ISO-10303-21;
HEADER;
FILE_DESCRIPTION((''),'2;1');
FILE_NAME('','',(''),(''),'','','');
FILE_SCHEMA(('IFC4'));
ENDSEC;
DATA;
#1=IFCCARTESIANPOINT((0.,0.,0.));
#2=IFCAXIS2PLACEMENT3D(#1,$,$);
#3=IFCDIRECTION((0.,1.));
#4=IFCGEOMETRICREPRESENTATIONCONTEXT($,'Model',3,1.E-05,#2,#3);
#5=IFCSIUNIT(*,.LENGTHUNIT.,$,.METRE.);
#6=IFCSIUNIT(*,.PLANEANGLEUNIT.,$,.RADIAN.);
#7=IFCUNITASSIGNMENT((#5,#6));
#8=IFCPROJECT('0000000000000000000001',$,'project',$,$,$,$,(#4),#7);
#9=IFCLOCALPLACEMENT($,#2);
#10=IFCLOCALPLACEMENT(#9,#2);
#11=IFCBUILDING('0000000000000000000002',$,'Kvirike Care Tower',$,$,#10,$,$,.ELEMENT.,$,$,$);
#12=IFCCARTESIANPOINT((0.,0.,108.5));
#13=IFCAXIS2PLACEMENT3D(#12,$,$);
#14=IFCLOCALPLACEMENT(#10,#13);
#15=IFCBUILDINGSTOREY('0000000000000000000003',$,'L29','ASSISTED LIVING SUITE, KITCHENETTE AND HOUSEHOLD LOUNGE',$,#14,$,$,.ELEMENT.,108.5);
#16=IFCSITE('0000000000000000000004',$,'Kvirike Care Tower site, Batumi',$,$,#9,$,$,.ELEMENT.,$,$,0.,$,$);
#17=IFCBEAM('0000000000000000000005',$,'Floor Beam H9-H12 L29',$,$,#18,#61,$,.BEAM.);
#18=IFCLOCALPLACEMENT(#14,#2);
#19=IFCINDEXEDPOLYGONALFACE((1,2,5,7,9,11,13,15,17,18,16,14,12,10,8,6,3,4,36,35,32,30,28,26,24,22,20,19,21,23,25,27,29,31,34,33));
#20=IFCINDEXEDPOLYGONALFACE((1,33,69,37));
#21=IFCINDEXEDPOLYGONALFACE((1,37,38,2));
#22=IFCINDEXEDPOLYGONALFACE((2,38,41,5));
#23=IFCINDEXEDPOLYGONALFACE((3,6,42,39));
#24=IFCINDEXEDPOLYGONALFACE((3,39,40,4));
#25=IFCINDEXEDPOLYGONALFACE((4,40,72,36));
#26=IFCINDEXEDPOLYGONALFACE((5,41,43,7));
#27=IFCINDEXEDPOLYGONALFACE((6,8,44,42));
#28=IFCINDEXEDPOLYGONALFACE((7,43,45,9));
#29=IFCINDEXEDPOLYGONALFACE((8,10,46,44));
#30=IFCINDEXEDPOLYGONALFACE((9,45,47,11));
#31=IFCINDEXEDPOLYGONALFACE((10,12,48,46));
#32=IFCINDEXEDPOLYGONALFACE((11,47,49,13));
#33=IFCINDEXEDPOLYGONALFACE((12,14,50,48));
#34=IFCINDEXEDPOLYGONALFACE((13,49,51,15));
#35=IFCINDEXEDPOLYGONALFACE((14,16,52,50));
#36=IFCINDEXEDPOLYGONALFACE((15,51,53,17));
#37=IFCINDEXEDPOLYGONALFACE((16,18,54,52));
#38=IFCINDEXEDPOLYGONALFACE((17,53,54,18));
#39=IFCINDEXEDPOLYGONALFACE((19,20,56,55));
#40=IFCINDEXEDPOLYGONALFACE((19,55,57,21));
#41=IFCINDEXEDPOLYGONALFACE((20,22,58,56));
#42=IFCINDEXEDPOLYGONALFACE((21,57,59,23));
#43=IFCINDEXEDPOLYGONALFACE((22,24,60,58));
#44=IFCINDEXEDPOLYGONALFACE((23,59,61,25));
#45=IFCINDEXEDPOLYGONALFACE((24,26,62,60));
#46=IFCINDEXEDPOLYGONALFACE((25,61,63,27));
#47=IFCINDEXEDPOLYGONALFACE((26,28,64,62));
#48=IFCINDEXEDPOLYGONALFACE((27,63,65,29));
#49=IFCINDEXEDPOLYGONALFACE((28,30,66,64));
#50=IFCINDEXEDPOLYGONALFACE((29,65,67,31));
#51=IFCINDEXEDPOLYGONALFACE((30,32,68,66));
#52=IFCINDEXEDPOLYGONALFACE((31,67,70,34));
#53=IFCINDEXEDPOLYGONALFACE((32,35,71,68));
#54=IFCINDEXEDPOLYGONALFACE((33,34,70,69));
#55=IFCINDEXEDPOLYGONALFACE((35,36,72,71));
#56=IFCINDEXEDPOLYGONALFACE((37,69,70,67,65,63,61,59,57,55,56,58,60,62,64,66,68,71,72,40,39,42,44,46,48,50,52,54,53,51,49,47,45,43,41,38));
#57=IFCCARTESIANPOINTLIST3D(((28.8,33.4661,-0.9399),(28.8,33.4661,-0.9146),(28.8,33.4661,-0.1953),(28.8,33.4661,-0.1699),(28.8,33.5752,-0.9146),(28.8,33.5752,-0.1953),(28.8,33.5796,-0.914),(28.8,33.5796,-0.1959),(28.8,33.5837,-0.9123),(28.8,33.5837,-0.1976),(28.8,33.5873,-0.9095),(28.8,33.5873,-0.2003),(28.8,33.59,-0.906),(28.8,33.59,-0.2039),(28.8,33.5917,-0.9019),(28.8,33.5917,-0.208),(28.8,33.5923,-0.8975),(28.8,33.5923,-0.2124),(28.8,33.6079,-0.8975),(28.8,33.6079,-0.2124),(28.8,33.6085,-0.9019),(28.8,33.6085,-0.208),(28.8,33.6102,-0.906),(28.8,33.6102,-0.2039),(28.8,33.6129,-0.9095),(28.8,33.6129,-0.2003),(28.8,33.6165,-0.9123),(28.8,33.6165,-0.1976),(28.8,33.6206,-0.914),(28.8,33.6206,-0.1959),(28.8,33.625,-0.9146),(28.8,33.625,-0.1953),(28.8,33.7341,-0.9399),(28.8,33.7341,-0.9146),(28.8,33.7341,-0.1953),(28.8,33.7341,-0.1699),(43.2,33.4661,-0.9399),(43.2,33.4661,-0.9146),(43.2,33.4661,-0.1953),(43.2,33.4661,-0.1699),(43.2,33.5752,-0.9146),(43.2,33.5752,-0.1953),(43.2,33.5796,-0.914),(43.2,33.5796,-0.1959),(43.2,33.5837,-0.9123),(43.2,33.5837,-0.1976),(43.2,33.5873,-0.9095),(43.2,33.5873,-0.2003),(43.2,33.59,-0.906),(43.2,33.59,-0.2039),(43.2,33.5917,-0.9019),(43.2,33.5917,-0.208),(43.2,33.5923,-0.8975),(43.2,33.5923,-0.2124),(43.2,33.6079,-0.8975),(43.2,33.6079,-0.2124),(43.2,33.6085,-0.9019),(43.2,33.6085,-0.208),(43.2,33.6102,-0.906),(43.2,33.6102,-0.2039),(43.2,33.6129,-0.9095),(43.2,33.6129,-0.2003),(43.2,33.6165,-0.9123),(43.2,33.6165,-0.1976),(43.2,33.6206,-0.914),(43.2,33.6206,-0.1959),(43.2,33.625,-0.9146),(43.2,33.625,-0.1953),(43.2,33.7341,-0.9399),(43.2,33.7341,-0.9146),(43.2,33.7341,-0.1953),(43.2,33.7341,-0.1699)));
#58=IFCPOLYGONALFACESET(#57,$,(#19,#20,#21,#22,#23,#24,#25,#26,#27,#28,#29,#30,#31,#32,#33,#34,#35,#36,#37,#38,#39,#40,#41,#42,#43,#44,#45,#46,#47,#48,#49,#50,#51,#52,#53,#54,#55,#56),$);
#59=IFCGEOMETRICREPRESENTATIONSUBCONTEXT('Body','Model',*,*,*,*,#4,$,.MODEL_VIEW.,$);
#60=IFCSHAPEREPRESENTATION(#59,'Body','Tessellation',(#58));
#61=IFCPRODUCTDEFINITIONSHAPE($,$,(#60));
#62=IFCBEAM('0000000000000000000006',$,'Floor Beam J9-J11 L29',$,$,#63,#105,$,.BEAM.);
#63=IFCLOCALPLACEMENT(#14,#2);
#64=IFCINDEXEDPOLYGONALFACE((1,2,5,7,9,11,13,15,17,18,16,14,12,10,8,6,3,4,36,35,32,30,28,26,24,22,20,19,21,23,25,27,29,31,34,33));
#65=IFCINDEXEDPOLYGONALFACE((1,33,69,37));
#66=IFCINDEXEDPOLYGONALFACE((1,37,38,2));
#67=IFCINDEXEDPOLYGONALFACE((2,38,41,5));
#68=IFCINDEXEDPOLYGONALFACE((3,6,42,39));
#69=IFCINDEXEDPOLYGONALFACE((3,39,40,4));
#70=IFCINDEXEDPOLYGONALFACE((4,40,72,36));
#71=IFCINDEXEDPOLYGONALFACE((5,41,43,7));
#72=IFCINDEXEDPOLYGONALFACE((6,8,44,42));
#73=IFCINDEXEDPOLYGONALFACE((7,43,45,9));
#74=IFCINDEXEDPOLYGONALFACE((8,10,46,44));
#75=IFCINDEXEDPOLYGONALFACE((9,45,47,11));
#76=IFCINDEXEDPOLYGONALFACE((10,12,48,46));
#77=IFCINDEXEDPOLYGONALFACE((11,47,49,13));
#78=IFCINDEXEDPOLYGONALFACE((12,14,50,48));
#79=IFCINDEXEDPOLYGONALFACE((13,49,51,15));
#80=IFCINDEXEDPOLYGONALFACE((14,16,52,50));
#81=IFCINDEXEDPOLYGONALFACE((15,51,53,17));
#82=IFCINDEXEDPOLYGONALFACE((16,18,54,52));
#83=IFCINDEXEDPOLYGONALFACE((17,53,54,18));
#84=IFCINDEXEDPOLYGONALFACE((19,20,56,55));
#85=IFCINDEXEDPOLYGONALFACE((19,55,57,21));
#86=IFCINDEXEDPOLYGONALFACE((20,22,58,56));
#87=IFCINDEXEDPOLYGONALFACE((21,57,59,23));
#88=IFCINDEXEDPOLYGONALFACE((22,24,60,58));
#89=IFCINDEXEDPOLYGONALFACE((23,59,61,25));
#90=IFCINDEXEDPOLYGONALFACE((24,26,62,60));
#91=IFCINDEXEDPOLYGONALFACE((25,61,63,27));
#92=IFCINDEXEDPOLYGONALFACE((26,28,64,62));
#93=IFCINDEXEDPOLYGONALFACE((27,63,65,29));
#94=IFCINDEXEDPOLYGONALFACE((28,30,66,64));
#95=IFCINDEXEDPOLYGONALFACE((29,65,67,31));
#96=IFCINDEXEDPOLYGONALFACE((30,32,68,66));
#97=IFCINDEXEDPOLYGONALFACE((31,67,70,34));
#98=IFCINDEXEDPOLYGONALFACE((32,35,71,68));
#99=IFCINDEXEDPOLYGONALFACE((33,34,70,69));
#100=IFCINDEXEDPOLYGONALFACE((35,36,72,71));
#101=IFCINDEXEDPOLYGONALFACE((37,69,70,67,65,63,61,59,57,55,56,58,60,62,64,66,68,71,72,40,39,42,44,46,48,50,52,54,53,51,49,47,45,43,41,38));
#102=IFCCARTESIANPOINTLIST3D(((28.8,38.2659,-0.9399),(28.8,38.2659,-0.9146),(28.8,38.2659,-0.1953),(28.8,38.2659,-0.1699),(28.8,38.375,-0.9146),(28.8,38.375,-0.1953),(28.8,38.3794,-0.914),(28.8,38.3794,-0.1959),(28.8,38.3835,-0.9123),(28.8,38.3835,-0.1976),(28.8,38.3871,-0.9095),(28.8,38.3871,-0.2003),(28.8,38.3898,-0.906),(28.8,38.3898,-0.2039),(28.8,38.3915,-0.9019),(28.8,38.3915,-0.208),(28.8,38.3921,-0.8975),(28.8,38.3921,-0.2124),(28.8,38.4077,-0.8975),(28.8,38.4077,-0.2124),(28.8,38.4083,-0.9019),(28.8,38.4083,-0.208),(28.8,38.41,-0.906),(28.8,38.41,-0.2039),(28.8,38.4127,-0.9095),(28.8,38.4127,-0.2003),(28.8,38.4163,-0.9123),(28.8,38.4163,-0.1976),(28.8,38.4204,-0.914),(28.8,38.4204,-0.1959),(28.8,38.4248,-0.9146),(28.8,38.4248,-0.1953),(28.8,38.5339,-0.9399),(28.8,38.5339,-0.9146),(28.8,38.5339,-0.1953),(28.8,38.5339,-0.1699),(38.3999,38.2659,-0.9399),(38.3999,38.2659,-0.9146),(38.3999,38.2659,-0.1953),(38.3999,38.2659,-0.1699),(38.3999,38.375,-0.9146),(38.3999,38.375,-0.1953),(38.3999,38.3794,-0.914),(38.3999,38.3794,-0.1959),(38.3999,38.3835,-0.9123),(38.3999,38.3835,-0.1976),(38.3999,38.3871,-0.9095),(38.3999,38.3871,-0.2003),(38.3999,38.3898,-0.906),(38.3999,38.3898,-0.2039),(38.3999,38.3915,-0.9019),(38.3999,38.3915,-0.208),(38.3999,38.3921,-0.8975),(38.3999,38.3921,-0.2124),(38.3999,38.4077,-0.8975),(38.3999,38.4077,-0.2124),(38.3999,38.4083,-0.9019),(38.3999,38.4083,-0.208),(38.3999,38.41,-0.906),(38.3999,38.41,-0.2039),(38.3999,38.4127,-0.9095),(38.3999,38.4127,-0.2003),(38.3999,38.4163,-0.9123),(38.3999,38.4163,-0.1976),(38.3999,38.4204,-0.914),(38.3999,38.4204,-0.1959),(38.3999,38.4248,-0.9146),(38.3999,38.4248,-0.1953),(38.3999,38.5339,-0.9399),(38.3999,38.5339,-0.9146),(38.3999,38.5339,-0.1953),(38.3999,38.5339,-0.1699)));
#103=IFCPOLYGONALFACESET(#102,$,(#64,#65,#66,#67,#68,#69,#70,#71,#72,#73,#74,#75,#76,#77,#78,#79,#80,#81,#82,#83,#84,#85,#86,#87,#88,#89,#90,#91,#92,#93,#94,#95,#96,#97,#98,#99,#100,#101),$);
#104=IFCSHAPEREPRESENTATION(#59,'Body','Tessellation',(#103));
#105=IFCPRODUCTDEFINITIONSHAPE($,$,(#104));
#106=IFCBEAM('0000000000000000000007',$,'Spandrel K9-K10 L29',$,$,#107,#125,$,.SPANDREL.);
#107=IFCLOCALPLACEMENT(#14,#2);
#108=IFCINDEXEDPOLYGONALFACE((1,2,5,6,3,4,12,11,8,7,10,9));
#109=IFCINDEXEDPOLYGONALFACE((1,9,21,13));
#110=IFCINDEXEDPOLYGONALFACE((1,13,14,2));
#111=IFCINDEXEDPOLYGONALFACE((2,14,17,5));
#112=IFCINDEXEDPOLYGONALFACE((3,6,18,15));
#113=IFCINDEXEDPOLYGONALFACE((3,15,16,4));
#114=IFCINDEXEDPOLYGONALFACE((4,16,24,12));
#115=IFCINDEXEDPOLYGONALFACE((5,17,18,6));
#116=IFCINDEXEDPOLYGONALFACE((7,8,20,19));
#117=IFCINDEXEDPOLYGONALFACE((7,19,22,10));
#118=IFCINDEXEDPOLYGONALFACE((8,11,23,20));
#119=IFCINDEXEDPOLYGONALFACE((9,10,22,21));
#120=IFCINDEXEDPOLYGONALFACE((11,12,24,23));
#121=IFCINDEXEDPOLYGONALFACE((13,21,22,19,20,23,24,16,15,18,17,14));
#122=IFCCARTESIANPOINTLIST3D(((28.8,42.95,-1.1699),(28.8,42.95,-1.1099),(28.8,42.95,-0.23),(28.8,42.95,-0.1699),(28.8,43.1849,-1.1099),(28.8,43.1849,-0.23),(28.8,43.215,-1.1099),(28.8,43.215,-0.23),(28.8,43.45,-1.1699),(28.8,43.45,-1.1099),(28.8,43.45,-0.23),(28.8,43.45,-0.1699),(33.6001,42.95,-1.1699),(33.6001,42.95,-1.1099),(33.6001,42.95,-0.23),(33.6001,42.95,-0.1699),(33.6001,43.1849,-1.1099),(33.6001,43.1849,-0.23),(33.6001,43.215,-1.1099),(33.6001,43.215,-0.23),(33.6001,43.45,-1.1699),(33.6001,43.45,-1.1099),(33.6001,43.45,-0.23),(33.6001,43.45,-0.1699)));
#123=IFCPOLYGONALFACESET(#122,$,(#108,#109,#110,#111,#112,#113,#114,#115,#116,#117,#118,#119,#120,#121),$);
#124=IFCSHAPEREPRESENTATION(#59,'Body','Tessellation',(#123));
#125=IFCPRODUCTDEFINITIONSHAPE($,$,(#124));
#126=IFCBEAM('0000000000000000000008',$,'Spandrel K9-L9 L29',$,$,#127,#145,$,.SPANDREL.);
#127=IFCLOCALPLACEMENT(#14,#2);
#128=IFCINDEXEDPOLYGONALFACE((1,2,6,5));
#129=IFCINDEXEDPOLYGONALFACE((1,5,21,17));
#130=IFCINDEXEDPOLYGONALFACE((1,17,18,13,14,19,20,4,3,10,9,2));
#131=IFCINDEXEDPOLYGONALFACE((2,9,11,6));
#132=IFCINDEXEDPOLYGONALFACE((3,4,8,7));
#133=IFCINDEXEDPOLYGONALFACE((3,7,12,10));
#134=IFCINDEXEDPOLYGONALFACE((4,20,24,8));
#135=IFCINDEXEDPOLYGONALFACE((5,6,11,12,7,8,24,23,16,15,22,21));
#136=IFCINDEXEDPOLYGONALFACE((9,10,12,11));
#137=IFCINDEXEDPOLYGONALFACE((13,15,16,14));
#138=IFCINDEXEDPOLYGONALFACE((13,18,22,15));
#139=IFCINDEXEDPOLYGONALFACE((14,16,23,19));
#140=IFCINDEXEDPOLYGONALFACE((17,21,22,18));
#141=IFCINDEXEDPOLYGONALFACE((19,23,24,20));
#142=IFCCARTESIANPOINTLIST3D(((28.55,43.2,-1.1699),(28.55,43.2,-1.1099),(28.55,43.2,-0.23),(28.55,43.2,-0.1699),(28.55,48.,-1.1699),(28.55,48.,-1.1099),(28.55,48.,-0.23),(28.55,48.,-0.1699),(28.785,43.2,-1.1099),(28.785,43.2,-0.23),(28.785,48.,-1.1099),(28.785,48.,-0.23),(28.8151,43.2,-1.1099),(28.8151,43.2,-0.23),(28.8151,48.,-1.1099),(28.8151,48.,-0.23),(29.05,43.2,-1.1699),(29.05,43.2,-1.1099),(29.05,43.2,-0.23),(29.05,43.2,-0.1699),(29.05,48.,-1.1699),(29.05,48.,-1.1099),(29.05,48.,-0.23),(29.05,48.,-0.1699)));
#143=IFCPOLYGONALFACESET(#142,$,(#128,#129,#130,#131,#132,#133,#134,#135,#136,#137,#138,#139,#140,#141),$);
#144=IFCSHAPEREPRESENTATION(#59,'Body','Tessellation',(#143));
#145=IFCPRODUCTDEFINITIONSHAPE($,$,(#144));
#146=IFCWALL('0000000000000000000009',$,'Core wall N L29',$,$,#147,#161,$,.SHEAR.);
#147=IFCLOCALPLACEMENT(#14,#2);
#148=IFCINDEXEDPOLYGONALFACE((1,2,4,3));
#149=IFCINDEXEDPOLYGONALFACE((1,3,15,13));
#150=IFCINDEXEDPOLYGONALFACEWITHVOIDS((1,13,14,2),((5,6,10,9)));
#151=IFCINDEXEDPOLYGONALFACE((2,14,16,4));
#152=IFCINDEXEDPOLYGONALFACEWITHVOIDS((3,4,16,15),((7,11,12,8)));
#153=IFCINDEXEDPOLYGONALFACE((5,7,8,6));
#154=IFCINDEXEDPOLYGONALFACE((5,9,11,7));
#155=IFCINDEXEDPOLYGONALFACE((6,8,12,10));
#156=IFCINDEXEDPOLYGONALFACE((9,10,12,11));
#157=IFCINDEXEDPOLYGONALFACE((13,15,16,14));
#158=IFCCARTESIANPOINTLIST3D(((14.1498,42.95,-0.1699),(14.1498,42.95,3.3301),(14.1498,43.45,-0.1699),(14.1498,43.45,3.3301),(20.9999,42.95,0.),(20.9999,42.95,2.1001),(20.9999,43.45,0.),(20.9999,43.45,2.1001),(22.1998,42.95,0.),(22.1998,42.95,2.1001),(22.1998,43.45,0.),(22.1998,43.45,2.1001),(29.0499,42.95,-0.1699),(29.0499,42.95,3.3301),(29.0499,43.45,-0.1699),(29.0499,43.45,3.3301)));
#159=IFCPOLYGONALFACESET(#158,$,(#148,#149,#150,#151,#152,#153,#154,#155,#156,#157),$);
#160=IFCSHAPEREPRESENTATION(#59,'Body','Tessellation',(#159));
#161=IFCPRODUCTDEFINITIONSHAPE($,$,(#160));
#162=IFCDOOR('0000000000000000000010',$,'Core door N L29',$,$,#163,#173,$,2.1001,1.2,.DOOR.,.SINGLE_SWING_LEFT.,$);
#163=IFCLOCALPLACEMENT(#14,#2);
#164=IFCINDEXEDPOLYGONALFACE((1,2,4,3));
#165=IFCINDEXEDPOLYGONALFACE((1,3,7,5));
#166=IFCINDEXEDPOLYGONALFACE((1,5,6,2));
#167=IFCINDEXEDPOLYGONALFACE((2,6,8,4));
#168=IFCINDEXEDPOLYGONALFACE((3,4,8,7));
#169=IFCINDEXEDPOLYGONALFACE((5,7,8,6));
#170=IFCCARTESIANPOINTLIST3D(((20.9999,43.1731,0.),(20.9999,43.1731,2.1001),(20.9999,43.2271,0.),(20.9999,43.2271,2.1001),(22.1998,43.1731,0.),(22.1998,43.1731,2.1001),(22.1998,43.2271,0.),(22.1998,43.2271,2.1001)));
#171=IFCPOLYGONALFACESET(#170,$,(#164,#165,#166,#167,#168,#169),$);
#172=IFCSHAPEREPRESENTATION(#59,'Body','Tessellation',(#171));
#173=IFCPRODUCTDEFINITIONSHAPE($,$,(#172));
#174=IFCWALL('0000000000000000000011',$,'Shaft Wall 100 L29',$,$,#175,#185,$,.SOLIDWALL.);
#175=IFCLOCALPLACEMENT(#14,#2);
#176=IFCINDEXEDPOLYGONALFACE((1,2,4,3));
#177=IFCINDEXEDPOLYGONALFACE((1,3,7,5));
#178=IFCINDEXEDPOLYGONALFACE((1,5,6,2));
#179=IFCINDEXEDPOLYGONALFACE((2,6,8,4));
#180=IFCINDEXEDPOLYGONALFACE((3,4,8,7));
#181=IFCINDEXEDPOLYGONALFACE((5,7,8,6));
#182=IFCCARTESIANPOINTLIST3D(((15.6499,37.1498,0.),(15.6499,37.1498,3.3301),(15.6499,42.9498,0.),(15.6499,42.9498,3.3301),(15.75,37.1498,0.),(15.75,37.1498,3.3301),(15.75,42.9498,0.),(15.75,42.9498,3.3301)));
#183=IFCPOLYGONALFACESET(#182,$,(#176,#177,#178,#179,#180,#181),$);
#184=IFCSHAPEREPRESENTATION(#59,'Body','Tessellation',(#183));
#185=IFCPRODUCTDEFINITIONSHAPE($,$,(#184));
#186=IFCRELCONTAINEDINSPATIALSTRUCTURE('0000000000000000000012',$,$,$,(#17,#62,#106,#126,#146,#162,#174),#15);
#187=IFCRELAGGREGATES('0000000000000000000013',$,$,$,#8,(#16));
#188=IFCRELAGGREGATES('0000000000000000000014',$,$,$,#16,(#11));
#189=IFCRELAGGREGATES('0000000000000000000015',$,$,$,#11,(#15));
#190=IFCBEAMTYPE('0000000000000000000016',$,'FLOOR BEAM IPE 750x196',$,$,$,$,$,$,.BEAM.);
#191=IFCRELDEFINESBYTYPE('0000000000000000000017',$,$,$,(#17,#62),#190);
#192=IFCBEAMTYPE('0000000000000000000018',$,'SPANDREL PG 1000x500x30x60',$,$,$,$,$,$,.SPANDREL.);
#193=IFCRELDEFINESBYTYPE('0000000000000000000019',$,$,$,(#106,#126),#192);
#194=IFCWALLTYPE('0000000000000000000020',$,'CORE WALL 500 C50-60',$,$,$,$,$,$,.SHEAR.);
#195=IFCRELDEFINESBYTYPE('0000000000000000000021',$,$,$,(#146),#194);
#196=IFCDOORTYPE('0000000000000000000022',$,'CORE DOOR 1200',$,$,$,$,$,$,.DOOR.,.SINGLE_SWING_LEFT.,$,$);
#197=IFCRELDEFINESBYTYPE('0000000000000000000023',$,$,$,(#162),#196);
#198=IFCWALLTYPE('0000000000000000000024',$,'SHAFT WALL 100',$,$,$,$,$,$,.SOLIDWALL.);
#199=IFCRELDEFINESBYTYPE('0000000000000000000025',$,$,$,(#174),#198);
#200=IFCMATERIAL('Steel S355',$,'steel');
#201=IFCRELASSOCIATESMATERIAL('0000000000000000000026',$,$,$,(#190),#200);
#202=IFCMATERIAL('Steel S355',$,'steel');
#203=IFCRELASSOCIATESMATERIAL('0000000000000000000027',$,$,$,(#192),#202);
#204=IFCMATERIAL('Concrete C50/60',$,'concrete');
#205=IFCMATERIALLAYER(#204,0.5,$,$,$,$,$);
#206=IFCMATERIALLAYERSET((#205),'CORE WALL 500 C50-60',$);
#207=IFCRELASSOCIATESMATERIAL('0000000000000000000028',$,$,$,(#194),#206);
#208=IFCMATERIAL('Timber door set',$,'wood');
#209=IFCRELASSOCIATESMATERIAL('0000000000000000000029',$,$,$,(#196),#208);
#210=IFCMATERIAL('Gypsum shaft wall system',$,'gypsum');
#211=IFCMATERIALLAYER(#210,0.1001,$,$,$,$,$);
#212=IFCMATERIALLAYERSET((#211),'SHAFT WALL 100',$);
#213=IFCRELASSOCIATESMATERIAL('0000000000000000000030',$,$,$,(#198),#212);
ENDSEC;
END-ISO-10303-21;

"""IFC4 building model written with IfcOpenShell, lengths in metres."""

from ifc_helpers import new_model, si_unit, direction, frame, frame_2d, origin, origin_2d, place, context, subcontext, project, spatial, rectangle, i_section, extrude, material, layer, layer_set, material_profile, profile_set, type_object, element, fill, save


model = new_model("IFC4")

# Units and contexts
model_context = context("Model", 3, precision=1e-05, world=origin(), true_north=direction((0.0, 1.0)))
body_context = subcontext(model_context, "Body", "Model", "MODEL_VIEW")
ifc_project = project(units=[si_unit("LENGTHUNIT", "METRE"), si_unit("PLANEANGLEUNIT", "RADIAN")], contexts=[model_context])

# Site, building, storey
site_placement = place(None, origin())
site = spatial("IfcSite", under=ifc_project, at=site_placement, Name="Kvirike Care Tower site, Batumi", CompositionType="ELEMENT", RefElevation=0.0)
building_placement = place(site_placement, origin())
building = spatial("IfcBuilding", under=site, at=building_placement, Name="Kvirike Care Tower", CompositionType="ELEMENT")
storey_placement = place(building_placement, frame((0.0, 0.0, 108.5)))
storey = spatial("IfcBuildingStorey", under=building, at=storey_placement, Name="L29", Description="ASSISTED LIVING SUITE, KITCHENETTE AND HOUSEHOLD LOUNGE", CompositionType="ELEMENT", Elevation=108.5)

# Beams
ifc_material_1 = material(Name="Steel S355", Category="steel")
ifc_material_profile_1 = material_profile(ifc_material_1, i_section(OverallWidth=0.2681, OverallDepth=0.77, WebThickness=0.0156, FlangeThickness=0.0254, FilletRadius=0.0171, at=origin_2d()), Name="IPE 750x196")
ifc_profile_set_1 = profile_set([ifc_material_profile_1], Name="Steel S355")
beam_type_1 = type_object("IfcBeamType", Name="FLOOR BEAM IPE 750x196", PredefinedType="BEAM", material=ifc_profile_set_1)
beam_1_placement = place(storey_placement, frame((28.8, 33.6001, -0.5549), z_axis=(1.0, 0.0, 0.0), x_axis=(0.0, 1.0, 0.0)))
element("IfcBeam", 1, at=beam_1_placement, inside=storey, type_object=beam_type_1, Name="Floor Beam H9-H12 L29", PredefinedType="BEAM", context=body_context, shape_type="SweptSolid", body=[
    extrude(i_section(OverallWidth=0.2681, OverallDepth=0.77, WebThickness=0.0156, FlangeThickness=0.0254, FilletRadius=0.0171, at=origin_2d()), origin(), (0.0, 0.0, 1.0), 14.3999),
])
beam_2_placement = place(storey_placement, frame((28.8, 38.3999, -0.5549), z_axis=(1.0, 0.0, 0.0), x_axis=(0.0, 1.0, 0.0)))
element("IfcBeam", 2, at=beam_2_placement, inside=storey, type_object=beam_type_1, Name="Floor Beam J9-J11 L29", PredefinedType="BEAM", context=body_context, shape_type="SweptSolid", body=[
    extrude(i_section(OverallWidth=0.2681, OverallDepth=0.77, WebThickness=0.0156, FlangeThickness=0.0254, FilletRadius=0.0171, at=origin_2d()), origin(), (0.0, 0.0, 1.0), 9.5999),
])
ifc_material_2 = material(Name="Steel S355", Category="steel")
ifc_material_profile_2 = material_profile(ifc_material_2, i_section(OverallWidth=0.5, OverallDepth=1.0, WebThickness=0.03, FlangeThickness=0.0601, at=origin_2d()), Name="PG 1000x500x30x60")
ifc_profile_set_2 = profile_set([ifc_material_profile_2], Name="Steel S355")
beam_type_2 = type_object("IfcBeamType", Name="SPANDREL PG 1000x500x30x60", PredefinedType="SPANDREL", material=ifc_profile_set_2)
for number, where, z_axis, x_axis, name in (
    (3, (28.8, 43.2, -0.6699), (1.0, 0.0, 0.0), (0.0, 1.0, 0.0), "Spandrel K9-K10 L29"),
    (4, (28.8, 43.2, -0.6699), (0.0, 1.0, 0.0), (-1.0, 0.0, 0.0), "Spandrel K9-L9 L29"),
):
    element("IfcBeam", number, at=place(storey_placement, frame(where, z_axis=z_axis, x_axis=x_axis)), inside=storey, type_object=beam_type_2, Name=name, PredefinedType="SPANDREL", context=body_context, shape_type="SweptSolid", body=[
        extrude(i_section(OverallWidth=0.5, OverallDepth=1.0, WebThickness=0.03, FlangeThickness=0.0601, at=origin_2d()), origin(), (0.0, 0.0, 1.0), 4.8),
    ])

# Wall, opening, door
ifc_material_3 = material(Name="Concrete C50/60", Category="concrete")
ifc_layer_1 = layer(ifc_material_3, 0.5)
ifc_layer_set_1 = layer_set([ifc_layer_1], Name="CORE WALL 500 C50-60")
wall_type_1 = type_object("IfcWallType", Name="CORE WALL 500 C50-60", PredefinedType="SHEAR", material=ifc_layer_set_1)
wall_1_placement = place(storey_placement, frame((29.05, 43.2, -0.1699), z_axis=(0.0, 0.0, 1.0), x_axis=(-1.0, 0.0, 0.0)))
wall_1 = element("IfcWall", 5, at=wall_1_placement, inside=storey, type_object=wall_type_1, Name="Core wall N L29", PredefinedType="SHEAR", context=body_context, shape_type="SweptSolid", body=[
    extrude(rectangle(XDim=14.9001, YDim=0.5, at=frame_2d((7.4502, 0.0))), origin(), (0.0, 0.0, 1.0), 3.5),
])
opening_1_placement = place(wall_1_placement, frame((6.8501, 0.0, 0.1699)))
opening_1 = element("IfcOpeningElement", 6, at=opening_1_placement, cuts=wall_1, PredefinedType="OPENING", context=body_context, shape_type="SweptSolid", body=[
    extrude(rectangle(XDim=1.2, YDim=2.1001, at=frame_2d((0.6001, 1.05))), frame((0.0, 0.2605, 0.0), z_axis=(0.0, -1.0, 0.0), x_axis=(1.0, 0.0, 0.0)), (0.0, 0.0, 1.0), 0.521),
])
ifc_material_4 = material(Name="Timber door set", Category="wood")
door_type_1 = type_object("IfcDoorType", Name="CORE DOOR 1200", OperationType="SINGLE_SWING_LEFT", PredefinedType="DOOR", material=ifc_material_4)
door_1_placement = place(opening_1_placement, origin())
door_1 = element("IfcDoor", 7, at=door_1_placement, inside=storey, type_object=door_type_1, Name="Core door N L29", OperationType="SINGLE_SWING_LEFT", OverallHeight=2.1001, OverallWidth=1.2, PredefinedType="DOOR", context=body_context, shape_type="SweptSolid", body=[
    extrude(rectangle(XDim=1.2, YDim=2.1001, at=frame_2d((0.6001, 1.05))), frame((0.0, 0.0269, 0.0), z_axis=(0.0, -1.0, 0.0), x_axis=(1.0, 0.0, 0.0)), (0.0, 0.0, 1.0), 0.054),
])
fill(opening_1, door_1)

# Wall
ifc_material_5 = material(Name="Gypsum shaft wall system", Category="gypsum")
ifc_layer_2 = layer(ifc_material_5, 0.1001)
ifc_layer_set_2 = layer_set([ifc_layer_2], Name="SHAFT WALL 100")
wall_type_2 = type_object("IfcWallType", Name="SHAFT WALL 100", PredefinedType="SOLIDWALL", material=ifc_layer_set_2)
for number, where, z_axis, x_axis, name in (
    (8, (15.7, 37.1499, 0.0), (0.0, 0.0, 1.0), (0.0, 1.0, 0.0), "Shaft Wall 100 L29"),
):
    element("IfcWall", number, at=place(storey_placement, frame(where, z_axis=z_axis, x_axis=x_axis)), inside=storey, type_object=wall_type_2, Name=name, PredefinedType="SOLIDWALL", context=body_context, shape_type="SweptSolid", body=[
        extrude(rectangle(XDim=5.8, YDim=0.1001, at=frame_2d((2.8999, 0.0))), origin(), (0.0, 0.0, 1.0), 3.3301),
    ])

save(model, "model.ifc")
